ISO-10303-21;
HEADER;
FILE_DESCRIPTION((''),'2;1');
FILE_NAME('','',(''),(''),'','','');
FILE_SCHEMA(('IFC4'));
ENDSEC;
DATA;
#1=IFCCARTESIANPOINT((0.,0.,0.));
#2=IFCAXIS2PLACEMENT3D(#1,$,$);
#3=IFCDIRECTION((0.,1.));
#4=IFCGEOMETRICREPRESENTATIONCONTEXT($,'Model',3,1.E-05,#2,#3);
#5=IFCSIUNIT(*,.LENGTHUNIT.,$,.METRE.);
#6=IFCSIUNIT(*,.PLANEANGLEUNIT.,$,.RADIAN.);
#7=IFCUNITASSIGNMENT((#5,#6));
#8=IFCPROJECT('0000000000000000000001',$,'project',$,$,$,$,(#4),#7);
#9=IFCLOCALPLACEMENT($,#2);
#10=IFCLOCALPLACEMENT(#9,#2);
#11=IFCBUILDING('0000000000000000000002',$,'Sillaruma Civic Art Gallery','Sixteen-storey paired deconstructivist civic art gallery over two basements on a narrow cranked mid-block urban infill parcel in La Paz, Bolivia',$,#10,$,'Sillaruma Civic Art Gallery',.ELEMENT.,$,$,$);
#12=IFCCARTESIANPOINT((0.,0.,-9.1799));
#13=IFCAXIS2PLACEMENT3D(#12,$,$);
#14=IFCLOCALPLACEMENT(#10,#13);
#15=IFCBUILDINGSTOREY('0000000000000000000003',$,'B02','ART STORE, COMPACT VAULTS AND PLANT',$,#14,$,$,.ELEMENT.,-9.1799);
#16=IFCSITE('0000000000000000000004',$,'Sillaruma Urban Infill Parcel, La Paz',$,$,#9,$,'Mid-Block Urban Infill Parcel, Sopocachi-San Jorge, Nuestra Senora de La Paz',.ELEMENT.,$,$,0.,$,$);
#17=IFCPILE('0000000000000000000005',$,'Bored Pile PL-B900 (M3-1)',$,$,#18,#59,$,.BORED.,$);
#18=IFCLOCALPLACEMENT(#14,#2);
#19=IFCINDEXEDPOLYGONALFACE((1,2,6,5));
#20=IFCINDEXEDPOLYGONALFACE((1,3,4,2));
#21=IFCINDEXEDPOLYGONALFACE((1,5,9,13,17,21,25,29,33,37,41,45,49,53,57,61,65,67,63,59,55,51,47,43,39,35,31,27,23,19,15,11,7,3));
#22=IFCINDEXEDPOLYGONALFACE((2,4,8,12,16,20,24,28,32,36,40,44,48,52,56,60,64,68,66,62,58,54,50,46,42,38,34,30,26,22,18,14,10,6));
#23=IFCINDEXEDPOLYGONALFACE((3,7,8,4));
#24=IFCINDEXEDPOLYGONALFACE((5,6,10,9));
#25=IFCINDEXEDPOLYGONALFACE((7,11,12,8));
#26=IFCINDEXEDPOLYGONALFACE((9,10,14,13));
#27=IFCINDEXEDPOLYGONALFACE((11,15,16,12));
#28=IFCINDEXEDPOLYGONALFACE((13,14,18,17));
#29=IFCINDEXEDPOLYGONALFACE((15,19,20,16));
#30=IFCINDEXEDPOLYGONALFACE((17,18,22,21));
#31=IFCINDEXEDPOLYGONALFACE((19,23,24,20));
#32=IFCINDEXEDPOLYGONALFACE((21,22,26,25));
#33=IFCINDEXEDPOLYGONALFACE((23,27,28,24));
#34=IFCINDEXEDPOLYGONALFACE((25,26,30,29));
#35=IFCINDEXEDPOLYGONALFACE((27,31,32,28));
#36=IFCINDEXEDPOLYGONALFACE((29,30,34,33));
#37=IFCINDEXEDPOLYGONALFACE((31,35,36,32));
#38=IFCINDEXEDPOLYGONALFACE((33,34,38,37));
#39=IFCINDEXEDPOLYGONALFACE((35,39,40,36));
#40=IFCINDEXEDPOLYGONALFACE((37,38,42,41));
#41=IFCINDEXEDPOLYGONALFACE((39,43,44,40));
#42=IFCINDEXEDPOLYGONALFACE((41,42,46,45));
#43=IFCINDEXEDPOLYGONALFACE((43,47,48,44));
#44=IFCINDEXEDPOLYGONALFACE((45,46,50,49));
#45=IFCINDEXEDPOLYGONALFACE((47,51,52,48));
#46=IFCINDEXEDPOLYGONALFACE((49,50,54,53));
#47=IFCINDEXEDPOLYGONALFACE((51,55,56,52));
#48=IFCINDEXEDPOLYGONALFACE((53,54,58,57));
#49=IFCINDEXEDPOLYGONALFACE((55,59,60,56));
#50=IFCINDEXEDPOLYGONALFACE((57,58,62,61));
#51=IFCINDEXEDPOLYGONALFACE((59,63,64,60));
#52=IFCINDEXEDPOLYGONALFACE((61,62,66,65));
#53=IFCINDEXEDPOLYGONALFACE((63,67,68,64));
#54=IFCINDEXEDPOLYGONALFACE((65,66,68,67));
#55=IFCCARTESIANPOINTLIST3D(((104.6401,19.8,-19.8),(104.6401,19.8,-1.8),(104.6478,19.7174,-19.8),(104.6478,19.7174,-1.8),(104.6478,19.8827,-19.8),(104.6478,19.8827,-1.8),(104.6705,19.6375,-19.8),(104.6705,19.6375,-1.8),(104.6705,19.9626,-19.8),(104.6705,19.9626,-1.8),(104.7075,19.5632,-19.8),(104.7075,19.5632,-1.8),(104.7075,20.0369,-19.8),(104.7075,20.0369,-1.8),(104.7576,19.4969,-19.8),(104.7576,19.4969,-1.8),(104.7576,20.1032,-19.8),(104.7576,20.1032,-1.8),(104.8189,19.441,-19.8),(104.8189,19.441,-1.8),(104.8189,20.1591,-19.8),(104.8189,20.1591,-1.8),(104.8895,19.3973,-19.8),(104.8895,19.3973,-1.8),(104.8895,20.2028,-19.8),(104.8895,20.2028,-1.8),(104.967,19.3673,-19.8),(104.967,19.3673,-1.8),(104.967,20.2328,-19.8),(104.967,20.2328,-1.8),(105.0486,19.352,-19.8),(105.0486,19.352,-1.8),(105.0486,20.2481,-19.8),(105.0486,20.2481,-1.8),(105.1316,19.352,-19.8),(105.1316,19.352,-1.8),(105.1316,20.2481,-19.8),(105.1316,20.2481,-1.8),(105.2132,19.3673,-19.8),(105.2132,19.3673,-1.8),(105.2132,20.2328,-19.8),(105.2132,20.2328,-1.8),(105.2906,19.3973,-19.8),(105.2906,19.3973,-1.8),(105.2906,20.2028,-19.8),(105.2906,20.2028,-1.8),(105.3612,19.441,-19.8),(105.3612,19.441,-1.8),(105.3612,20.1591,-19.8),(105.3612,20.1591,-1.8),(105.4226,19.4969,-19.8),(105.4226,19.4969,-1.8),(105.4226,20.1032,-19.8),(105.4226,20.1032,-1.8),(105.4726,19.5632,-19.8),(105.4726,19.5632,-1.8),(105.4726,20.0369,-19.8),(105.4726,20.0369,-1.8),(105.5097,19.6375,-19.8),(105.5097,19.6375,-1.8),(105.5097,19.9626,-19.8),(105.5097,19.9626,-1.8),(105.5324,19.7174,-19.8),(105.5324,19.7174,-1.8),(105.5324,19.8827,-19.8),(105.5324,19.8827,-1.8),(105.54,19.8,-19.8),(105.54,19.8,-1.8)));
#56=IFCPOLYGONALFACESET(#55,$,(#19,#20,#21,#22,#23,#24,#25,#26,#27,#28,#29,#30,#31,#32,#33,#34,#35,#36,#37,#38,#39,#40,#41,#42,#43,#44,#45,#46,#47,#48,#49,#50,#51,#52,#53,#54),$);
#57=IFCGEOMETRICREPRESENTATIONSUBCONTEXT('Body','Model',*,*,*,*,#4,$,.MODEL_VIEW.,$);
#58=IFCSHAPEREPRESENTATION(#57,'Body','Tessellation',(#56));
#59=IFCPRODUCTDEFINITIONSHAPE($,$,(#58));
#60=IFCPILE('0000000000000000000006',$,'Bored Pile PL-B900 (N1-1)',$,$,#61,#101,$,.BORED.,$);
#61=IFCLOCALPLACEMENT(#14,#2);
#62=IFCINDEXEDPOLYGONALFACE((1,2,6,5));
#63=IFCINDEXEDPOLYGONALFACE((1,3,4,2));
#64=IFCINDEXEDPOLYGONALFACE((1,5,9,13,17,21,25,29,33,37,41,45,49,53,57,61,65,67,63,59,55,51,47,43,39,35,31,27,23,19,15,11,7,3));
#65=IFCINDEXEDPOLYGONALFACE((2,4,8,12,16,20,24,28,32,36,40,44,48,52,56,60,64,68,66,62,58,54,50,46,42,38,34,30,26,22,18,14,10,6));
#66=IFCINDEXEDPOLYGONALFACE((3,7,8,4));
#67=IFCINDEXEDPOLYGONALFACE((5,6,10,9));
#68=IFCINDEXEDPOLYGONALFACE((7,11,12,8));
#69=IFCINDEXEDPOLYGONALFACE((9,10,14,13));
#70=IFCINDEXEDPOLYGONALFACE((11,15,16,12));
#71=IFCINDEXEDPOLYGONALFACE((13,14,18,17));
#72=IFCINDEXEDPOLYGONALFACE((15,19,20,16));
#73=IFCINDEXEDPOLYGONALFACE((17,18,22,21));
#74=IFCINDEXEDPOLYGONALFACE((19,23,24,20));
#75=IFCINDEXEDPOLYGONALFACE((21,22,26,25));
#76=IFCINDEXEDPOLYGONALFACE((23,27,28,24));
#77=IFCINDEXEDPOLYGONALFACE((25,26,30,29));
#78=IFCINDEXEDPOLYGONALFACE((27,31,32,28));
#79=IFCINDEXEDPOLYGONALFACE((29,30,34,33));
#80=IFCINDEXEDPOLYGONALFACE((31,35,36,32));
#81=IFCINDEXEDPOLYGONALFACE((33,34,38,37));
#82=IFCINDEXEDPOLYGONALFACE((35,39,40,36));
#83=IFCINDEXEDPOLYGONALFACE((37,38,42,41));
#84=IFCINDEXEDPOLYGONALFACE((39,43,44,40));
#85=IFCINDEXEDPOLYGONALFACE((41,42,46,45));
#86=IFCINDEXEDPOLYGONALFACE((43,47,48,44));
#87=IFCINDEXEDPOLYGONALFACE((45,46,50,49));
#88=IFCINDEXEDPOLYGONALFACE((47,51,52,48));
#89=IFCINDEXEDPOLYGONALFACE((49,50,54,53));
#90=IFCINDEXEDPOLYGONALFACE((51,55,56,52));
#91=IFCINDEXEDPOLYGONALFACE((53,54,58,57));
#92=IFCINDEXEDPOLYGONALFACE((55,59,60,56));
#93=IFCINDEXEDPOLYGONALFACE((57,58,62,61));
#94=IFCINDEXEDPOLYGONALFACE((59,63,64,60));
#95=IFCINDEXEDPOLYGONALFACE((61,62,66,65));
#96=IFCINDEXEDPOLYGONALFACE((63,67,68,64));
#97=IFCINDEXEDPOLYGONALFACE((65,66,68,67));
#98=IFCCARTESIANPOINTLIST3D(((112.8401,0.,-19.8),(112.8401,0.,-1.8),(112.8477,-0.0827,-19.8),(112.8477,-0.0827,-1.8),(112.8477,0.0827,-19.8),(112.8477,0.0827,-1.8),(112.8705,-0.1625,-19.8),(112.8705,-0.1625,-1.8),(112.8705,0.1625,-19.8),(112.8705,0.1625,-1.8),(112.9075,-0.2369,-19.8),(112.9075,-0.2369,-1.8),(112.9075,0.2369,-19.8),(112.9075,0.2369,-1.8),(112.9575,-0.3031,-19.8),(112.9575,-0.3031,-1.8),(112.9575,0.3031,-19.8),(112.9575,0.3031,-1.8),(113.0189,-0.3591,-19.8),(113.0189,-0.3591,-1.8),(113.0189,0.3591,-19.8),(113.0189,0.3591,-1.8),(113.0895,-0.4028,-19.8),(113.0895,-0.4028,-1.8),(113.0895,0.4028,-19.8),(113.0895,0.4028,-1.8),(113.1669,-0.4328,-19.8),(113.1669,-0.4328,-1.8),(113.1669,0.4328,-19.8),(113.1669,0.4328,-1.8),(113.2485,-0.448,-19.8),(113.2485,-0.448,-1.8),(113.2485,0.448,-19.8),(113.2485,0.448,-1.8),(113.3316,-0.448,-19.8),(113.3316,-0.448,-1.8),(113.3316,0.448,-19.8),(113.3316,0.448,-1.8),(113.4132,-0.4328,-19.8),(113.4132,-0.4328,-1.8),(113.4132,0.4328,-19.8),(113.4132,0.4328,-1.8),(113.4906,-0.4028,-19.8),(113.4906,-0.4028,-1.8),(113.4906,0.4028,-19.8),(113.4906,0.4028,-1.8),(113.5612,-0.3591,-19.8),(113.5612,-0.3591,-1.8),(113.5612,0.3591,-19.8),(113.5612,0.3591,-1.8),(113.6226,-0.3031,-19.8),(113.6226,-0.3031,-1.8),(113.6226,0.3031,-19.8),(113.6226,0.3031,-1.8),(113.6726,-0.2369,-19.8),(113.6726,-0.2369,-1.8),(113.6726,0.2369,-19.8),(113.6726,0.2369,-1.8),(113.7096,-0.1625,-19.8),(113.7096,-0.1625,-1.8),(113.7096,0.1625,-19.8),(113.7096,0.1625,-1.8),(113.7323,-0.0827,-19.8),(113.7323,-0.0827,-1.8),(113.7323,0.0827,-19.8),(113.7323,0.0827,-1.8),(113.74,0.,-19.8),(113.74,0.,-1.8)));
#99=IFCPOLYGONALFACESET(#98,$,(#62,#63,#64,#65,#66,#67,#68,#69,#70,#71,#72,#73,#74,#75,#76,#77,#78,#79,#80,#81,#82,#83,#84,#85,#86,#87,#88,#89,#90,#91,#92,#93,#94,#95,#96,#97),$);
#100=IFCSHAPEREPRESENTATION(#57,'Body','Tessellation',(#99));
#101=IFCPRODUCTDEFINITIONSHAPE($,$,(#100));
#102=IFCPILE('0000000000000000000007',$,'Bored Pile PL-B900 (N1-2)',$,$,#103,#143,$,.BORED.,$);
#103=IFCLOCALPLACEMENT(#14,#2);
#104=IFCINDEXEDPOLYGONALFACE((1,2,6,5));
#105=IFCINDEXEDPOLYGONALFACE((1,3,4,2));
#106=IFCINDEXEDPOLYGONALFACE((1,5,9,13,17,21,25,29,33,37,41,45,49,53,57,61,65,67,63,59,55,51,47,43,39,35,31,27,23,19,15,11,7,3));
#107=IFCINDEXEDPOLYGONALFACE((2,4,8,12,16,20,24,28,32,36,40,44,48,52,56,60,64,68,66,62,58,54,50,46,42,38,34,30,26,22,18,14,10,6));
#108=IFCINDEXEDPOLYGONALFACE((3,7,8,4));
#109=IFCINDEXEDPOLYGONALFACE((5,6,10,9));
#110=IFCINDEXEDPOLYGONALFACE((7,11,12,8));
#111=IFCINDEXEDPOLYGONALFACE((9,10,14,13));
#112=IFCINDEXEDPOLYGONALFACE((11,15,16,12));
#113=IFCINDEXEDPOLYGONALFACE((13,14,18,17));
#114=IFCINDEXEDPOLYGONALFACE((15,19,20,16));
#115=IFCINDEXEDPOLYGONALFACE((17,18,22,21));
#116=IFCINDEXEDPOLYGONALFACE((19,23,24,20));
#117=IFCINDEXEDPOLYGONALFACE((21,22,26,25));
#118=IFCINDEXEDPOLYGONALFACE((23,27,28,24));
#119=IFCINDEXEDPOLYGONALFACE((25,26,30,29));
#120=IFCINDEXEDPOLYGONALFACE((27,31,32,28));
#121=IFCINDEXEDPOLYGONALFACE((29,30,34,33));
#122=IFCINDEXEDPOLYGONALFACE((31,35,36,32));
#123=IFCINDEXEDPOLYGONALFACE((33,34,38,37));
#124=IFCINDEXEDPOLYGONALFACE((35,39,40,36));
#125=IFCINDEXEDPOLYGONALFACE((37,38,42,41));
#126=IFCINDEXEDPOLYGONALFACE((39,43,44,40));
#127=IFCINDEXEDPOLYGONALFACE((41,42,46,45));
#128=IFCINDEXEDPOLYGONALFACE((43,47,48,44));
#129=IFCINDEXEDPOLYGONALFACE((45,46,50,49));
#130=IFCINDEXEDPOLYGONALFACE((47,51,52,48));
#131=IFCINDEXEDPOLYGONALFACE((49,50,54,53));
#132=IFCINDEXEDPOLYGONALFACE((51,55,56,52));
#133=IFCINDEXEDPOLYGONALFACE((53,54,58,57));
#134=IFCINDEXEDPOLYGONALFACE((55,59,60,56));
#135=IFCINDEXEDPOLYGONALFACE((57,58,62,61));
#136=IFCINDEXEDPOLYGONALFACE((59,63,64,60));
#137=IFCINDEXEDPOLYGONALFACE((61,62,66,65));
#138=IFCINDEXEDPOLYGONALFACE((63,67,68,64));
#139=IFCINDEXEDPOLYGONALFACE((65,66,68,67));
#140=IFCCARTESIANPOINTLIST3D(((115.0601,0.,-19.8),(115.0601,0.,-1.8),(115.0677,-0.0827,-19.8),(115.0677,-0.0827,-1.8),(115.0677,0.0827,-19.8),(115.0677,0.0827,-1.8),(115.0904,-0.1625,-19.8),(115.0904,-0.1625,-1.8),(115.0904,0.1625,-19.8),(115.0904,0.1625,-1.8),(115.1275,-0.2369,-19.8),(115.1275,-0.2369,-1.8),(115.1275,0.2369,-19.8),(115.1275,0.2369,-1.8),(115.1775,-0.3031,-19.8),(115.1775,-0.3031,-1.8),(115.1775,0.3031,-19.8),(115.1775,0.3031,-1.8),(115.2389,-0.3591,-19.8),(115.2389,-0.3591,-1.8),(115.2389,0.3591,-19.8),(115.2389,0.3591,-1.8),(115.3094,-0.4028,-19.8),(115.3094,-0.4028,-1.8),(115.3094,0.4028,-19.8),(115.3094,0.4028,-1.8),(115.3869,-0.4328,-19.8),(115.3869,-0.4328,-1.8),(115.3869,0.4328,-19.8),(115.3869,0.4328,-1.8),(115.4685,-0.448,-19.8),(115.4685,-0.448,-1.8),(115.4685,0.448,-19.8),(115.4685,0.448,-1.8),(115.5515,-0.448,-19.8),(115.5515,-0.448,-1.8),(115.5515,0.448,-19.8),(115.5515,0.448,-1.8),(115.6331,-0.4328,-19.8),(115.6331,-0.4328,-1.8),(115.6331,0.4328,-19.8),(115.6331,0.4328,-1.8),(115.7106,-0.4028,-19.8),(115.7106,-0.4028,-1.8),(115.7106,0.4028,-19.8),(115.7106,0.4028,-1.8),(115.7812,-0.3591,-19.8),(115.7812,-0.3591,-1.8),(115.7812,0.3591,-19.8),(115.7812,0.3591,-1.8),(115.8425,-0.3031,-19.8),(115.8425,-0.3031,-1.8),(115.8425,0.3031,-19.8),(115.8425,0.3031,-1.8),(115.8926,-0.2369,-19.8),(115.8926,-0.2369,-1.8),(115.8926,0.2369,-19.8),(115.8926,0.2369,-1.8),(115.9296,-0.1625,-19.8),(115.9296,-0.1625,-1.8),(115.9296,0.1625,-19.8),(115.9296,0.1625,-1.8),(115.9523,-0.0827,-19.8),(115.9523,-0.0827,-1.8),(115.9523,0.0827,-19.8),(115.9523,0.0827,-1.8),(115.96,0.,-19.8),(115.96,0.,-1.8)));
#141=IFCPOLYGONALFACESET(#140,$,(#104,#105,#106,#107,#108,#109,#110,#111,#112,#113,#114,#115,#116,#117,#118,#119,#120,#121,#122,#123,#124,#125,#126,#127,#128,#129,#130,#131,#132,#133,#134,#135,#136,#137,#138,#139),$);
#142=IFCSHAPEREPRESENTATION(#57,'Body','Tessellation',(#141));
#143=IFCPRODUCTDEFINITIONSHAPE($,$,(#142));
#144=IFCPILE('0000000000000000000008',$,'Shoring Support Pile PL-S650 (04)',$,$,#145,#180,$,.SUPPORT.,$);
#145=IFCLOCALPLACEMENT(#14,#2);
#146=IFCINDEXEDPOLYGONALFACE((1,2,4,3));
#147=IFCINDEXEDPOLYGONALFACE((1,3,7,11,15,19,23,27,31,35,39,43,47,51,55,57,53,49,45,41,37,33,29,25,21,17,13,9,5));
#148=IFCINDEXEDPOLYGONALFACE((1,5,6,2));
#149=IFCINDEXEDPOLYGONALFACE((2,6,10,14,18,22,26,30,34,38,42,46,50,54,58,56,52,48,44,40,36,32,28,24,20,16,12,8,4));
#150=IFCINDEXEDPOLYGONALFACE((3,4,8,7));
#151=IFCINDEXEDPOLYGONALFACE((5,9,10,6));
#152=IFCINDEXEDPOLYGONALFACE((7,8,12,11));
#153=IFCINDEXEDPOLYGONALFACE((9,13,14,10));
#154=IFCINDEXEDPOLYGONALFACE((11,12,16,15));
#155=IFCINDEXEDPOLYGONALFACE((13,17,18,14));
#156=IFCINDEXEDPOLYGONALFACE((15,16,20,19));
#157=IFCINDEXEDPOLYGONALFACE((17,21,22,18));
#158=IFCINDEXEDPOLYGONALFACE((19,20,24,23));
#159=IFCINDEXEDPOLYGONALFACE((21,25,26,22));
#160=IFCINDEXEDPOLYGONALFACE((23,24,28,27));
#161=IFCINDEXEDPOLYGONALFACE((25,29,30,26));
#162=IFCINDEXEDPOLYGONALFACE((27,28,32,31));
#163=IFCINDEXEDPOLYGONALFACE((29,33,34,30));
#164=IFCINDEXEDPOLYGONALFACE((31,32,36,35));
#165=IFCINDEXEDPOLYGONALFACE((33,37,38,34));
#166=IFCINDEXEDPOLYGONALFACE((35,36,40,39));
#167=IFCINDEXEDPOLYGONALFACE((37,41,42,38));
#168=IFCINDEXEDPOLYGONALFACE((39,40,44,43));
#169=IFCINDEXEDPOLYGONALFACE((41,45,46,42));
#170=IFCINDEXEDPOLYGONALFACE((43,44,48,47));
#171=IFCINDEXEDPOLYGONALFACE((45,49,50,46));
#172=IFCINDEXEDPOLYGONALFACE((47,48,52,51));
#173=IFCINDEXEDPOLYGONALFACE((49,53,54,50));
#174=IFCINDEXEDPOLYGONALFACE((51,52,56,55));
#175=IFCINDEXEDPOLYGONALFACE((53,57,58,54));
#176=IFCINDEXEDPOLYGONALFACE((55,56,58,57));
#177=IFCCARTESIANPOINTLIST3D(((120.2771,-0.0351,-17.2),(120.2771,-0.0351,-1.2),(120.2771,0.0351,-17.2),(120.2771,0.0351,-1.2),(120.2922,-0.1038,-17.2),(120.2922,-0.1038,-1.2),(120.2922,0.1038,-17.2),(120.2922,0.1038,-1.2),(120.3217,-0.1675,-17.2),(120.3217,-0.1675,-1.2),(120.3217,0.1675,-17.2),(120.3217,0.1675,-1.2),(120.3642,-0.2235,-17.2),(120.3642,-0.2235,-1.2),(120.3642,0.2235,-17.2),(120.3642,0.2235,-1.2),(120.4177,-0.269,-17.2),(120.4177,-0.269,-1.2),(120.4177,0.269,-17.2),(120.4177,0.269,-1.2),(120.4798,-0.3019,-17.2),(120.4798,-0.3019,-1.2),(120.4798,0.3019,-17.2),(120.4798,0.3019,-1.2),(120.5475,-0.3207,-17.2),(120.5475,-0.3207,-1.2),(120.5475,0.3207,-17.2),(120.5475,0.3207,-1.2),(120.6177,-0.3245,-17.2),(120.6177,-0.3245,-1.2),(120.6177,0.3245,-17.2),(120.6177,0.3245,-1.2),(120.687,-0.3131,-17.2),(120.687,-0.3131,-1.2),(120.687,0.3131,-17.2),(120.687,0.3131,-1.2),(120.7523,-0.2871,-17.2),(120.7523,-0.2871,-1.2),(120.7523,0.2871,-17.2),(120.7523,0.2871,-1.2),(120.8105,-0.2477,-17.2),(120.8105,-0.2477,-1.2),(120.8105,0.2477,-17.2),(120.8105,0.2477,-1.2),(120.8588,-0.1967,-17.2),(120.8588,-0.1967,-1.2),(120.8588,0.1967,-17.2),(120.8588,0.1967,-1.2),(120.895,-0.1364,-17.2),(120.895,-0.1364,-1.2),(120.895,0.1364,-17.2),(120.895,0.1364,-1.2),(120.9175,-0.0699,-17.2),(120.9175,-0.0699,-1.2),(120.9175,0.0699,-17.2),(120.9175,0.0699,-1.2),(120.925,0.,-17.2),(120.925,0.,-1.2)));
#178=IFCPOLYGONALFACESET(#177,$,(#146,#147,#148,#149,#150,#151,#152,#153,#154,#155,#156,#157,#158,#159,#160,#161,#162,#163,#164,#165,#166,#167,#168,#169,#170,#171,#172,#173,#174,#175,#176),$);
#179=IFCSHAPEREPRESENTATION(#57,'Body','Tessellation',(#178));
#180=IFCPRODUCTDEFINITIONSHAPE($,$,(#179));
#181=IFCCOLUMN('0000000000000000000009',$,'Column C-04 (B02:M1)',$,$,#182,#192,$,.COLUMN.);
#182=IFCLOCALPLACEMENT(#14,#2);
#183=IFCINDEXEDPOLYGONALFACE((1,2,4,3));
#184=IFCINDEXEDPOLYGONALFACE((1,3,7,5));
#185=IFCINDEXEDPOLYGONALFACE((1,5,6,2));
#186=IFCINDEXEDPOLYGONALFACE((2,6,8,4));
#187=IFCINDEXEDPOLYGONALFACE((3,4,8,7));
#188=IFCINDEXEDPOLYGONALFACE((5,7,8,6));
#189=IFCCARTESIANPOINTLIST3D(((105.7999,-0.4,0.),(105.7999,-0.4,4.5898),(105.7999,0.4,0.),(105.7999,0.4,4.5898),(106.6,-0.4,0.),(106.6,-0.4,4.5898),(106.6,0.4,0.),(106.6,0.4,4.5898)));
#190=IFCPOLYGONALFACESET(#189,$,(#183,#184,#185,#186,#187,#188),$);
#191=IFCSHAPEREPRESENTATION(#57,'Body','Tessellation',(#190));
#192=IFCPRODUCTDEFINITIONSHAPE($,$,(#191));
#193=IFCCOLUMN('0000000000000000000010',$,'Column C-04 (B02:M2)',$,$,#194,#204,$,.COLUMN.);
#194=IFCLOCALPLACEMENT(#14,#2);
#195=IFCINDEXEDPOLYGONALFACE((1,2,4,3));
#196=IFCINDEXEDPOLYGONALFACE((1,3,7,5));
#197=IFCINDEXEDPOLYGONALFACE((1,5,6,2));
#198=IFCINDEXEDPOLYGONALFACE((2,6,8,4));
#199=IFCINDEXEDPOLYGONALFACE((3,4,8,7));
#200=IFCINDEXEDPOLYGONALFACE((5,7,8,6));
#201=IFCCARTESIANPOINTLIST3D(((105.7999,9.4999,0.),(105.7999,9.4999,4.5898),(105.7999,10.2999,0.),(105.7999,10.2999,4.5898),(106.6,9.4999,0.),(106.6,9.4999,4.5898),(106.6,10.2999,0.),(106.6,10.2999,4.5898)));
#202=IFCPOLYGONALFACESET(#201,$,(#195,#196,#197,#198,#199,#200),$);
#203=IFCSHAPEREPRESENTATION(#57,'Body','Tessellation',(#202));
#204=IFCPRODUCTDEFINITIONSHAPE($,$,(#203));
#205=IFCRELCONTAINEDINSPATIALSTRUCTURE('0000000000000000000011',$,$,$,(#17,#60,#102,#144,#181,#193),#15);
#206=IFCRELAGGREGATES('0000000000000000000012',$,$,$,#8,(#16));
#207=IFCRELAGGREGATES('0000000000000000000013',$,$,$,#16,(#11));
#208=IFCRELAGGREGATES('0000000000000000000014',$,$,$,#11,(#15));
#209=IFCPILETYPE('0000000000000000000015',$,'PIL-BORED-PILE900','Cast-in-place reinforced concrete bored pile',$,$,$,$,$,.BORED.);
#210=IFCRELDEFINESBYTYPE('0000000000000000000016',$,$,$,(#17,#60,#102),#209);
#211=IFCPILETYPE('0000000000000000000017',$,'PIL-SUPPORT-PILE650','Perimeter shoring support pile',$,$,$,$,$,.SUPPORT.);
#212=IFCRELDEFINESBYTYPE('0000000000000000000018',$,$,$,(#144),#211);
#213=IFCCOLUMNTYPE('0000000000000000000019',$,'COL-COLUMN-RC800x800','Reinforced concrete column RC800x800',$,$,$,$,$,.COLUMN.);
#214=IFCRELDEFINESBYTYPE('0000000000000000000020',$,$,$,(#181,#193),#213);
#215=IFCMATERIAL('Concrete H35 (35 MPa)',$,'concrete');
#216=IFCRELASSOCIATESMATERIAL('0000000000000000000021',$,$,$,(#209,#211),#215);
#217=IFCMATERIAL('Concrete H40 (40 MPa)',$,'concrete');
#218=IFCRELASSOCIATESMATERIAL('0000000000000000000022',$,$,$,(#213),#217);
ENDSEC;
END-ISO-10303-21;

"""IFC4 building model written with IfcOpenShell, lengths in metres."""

from ifc_helpers import new_model, si_unit, direction, frame, origin, origin_2d, place, context, subcontext, project, spatial, rectangle, circle, extrude, material, material_profile, profile_set, type_object, element, save


model = new_model("IFC4")

# Units and contexts
model_context = context("Model", 3, precision=1e-05, world=origin(), true_north=direction((0.0, 1.0)))
body_context = subcontext(model_context, "Body", "Model", "MODEL_VIEW")
ifc_project = project(units=[si_unit("LENGTHUNIT", "METRE"), si_unit("PLANEANGLEUNIT", "RADIAN")], contexts=[model_context])

# Site, building, storey
site_placement = place(None, origin())
site = spatial("IfcSite", under=ifc_project, at=site_placement, Name="Sillaruma Urban Infill Parcel, La Paz", LongName="Mid-Block Urban Infill Parcel, Sopocachi-San Jorge, Nuestra Senora de La Paz", CompositionType="ELEMENT", RefElevation=0.0)
building_placement = place(site_placement, origin())
building = spatial("IfcBuilding", under=site, at=building_placement, Name="Sillaruma Civic Art Gallery", Description="Sixteen-storey paired deconstructivist civic art gallery over two basements on a narrow cranked mid-block urban infill parcel in La Paz, Bolivia", LongName="Sillaruma Civic Art Gallery", CompositionType="ELEMENT")
storey_placement = place(building_placement, frame((0.0, 0.0, -9.1799)))
storey = spatial("IfcBuildingStorey", under=building, at=storey_placement, Name="B02", Description="ART STORE, COMPACT VAULTS AND PLANT", CompositionType="ELEMENT", Elevation=-9.1799)

# Shared definitions
ifc_material_1 = material(Name="Concrete H35 (35 MPa)", Category="concrete")

# Piles
ifc_material_profile_1 = material_profile(ifc_material_1, circle(Radius=0.45, at=origin_2d()), Name="PILE900")
ifc_profile_set_1 = profile_set([ifc_material_profile_1], Name="Concrete H35 (35 MPa)")
pile_type_1 = type_object("IfcPileType", Name="PIL-BORED-PILE900", Description="Cast-in-place reinforced concrete bored pile", PredefinedType="BORED", material=ifc_profile_set_1)
for number, where, z_axis, x_axis, name in (
    (1, (105.0901, 19.8, -1.8), (0.0, 0.0, -1.0), (1.0, 0.0, 0.0), "Bored Pile PL-B900 (M3-1)"),
    (2, (113.29, 0.0, -1.8), (0.0, 0.0, -1.0), (1.0, 0.0, 0.0), "Bored Pile PL-B900 (N1-1)"),
    (3, (115.51, 0.0, -1.8), (0.0, 0.0, -1.0), (1.0, 0.0, 0.0), "Bored Pile PL-B900 (N1-2)"),
):
    element("IfcPile", number, at=place(storey_placement, frame(where, z_axis=z_axis, x_axis=x_axis)), inside=storey, type_object=pile_type_1, Name=name, PredefinedType="BORED", context=body_context, shape_type="SweptSolid", body=[
        extrude(circle(Radius=0.45, at=origin_2d()), origin(), (0.0, 0.0, 1.0), 18.0),
    ])
ifc_material_profile_2 = material_profile(ifc_material_1, circle(Radius=0.325, at=origin_2d()), Name="PILE650")
ifc_profile_set_2 = profile_set([ifc_material_profile_2], Name="Concrete H35 (35 MPa)")
pile_type_2 = type_object("IfcPileType", Name="PIL-SUPPORT-PILE650", Description="Perimeter shoring support pile", PredefinedType="SUPPORT", material=ifc_profile_set_2)
pile_1_placement = place(storey_placement, frame((120.6001, 0.0, -1.2), z_axis=(0.0, 0.0, -1.0), x_axis=(1.0, 0.0, 0.0)))
element("IfcPile", 4, at=pile_1_placement, inside=storey, type_object=pile_type_2, Name="Shoring Support Pile PL-S650 (04)", PredefinedType="SUPPORT", context=body_context, shape_type="SweptSolid", body=[
    extrude(circle(Radius=0.325, at=origin_2d()), origin(), (0.0, 0.0, 1.0), 16.0),
])

# Columns
ifc_material_2 = material(Name="Concrete H40 (40 MPa)", Category="concrete")
ifc_material_profile_3 = material_profile(ifc_material_2, rectangle(XDim=0.8, YDim=0.8, at=origin_2d()), Name="RC800x800")
ifc_profile_set_3 = profile_set([ifc_material_profile_3], Name="Concrete H40 (40 MPa)")
column_type = type_object("IfcColumnType", Name="COL-COLUMN-RC800x800", Description="Reinforced concrete column RC800x800", PredefinedType="COLUMN", material=ifc_profile_set_3)
for number, where, z_axis, x_axis, name in (
    (5, (106.2, 0.0, 0.0), (0.0, 0.0, 1.0), (1.0, 0.0, 0.0), "Column C-04 (B02:M1)"),
    (6, (106.2, 9.8999, 0.0), (0.0, 0.0, 1.0), (1.0, 0.0, 0.0), "Column C-04 (B02:M2)"),
):
    element("IfcColumn", number, at=place(storey_placement, frame(where, z_axis=z_axis, x_axis=x_axis)), inside=storey, type_object=column_type, Name=name, PredefinedType="COLUMN", context=body_context, shape_type="SweptSolid", body=[
        extrude(rectangle(XDim=0.8, YDim=0.8, at=origin_2d()), origin(), (0.0, 0.0, 1.0), 4.5898),
    ])

save(model, "model.ifc")
